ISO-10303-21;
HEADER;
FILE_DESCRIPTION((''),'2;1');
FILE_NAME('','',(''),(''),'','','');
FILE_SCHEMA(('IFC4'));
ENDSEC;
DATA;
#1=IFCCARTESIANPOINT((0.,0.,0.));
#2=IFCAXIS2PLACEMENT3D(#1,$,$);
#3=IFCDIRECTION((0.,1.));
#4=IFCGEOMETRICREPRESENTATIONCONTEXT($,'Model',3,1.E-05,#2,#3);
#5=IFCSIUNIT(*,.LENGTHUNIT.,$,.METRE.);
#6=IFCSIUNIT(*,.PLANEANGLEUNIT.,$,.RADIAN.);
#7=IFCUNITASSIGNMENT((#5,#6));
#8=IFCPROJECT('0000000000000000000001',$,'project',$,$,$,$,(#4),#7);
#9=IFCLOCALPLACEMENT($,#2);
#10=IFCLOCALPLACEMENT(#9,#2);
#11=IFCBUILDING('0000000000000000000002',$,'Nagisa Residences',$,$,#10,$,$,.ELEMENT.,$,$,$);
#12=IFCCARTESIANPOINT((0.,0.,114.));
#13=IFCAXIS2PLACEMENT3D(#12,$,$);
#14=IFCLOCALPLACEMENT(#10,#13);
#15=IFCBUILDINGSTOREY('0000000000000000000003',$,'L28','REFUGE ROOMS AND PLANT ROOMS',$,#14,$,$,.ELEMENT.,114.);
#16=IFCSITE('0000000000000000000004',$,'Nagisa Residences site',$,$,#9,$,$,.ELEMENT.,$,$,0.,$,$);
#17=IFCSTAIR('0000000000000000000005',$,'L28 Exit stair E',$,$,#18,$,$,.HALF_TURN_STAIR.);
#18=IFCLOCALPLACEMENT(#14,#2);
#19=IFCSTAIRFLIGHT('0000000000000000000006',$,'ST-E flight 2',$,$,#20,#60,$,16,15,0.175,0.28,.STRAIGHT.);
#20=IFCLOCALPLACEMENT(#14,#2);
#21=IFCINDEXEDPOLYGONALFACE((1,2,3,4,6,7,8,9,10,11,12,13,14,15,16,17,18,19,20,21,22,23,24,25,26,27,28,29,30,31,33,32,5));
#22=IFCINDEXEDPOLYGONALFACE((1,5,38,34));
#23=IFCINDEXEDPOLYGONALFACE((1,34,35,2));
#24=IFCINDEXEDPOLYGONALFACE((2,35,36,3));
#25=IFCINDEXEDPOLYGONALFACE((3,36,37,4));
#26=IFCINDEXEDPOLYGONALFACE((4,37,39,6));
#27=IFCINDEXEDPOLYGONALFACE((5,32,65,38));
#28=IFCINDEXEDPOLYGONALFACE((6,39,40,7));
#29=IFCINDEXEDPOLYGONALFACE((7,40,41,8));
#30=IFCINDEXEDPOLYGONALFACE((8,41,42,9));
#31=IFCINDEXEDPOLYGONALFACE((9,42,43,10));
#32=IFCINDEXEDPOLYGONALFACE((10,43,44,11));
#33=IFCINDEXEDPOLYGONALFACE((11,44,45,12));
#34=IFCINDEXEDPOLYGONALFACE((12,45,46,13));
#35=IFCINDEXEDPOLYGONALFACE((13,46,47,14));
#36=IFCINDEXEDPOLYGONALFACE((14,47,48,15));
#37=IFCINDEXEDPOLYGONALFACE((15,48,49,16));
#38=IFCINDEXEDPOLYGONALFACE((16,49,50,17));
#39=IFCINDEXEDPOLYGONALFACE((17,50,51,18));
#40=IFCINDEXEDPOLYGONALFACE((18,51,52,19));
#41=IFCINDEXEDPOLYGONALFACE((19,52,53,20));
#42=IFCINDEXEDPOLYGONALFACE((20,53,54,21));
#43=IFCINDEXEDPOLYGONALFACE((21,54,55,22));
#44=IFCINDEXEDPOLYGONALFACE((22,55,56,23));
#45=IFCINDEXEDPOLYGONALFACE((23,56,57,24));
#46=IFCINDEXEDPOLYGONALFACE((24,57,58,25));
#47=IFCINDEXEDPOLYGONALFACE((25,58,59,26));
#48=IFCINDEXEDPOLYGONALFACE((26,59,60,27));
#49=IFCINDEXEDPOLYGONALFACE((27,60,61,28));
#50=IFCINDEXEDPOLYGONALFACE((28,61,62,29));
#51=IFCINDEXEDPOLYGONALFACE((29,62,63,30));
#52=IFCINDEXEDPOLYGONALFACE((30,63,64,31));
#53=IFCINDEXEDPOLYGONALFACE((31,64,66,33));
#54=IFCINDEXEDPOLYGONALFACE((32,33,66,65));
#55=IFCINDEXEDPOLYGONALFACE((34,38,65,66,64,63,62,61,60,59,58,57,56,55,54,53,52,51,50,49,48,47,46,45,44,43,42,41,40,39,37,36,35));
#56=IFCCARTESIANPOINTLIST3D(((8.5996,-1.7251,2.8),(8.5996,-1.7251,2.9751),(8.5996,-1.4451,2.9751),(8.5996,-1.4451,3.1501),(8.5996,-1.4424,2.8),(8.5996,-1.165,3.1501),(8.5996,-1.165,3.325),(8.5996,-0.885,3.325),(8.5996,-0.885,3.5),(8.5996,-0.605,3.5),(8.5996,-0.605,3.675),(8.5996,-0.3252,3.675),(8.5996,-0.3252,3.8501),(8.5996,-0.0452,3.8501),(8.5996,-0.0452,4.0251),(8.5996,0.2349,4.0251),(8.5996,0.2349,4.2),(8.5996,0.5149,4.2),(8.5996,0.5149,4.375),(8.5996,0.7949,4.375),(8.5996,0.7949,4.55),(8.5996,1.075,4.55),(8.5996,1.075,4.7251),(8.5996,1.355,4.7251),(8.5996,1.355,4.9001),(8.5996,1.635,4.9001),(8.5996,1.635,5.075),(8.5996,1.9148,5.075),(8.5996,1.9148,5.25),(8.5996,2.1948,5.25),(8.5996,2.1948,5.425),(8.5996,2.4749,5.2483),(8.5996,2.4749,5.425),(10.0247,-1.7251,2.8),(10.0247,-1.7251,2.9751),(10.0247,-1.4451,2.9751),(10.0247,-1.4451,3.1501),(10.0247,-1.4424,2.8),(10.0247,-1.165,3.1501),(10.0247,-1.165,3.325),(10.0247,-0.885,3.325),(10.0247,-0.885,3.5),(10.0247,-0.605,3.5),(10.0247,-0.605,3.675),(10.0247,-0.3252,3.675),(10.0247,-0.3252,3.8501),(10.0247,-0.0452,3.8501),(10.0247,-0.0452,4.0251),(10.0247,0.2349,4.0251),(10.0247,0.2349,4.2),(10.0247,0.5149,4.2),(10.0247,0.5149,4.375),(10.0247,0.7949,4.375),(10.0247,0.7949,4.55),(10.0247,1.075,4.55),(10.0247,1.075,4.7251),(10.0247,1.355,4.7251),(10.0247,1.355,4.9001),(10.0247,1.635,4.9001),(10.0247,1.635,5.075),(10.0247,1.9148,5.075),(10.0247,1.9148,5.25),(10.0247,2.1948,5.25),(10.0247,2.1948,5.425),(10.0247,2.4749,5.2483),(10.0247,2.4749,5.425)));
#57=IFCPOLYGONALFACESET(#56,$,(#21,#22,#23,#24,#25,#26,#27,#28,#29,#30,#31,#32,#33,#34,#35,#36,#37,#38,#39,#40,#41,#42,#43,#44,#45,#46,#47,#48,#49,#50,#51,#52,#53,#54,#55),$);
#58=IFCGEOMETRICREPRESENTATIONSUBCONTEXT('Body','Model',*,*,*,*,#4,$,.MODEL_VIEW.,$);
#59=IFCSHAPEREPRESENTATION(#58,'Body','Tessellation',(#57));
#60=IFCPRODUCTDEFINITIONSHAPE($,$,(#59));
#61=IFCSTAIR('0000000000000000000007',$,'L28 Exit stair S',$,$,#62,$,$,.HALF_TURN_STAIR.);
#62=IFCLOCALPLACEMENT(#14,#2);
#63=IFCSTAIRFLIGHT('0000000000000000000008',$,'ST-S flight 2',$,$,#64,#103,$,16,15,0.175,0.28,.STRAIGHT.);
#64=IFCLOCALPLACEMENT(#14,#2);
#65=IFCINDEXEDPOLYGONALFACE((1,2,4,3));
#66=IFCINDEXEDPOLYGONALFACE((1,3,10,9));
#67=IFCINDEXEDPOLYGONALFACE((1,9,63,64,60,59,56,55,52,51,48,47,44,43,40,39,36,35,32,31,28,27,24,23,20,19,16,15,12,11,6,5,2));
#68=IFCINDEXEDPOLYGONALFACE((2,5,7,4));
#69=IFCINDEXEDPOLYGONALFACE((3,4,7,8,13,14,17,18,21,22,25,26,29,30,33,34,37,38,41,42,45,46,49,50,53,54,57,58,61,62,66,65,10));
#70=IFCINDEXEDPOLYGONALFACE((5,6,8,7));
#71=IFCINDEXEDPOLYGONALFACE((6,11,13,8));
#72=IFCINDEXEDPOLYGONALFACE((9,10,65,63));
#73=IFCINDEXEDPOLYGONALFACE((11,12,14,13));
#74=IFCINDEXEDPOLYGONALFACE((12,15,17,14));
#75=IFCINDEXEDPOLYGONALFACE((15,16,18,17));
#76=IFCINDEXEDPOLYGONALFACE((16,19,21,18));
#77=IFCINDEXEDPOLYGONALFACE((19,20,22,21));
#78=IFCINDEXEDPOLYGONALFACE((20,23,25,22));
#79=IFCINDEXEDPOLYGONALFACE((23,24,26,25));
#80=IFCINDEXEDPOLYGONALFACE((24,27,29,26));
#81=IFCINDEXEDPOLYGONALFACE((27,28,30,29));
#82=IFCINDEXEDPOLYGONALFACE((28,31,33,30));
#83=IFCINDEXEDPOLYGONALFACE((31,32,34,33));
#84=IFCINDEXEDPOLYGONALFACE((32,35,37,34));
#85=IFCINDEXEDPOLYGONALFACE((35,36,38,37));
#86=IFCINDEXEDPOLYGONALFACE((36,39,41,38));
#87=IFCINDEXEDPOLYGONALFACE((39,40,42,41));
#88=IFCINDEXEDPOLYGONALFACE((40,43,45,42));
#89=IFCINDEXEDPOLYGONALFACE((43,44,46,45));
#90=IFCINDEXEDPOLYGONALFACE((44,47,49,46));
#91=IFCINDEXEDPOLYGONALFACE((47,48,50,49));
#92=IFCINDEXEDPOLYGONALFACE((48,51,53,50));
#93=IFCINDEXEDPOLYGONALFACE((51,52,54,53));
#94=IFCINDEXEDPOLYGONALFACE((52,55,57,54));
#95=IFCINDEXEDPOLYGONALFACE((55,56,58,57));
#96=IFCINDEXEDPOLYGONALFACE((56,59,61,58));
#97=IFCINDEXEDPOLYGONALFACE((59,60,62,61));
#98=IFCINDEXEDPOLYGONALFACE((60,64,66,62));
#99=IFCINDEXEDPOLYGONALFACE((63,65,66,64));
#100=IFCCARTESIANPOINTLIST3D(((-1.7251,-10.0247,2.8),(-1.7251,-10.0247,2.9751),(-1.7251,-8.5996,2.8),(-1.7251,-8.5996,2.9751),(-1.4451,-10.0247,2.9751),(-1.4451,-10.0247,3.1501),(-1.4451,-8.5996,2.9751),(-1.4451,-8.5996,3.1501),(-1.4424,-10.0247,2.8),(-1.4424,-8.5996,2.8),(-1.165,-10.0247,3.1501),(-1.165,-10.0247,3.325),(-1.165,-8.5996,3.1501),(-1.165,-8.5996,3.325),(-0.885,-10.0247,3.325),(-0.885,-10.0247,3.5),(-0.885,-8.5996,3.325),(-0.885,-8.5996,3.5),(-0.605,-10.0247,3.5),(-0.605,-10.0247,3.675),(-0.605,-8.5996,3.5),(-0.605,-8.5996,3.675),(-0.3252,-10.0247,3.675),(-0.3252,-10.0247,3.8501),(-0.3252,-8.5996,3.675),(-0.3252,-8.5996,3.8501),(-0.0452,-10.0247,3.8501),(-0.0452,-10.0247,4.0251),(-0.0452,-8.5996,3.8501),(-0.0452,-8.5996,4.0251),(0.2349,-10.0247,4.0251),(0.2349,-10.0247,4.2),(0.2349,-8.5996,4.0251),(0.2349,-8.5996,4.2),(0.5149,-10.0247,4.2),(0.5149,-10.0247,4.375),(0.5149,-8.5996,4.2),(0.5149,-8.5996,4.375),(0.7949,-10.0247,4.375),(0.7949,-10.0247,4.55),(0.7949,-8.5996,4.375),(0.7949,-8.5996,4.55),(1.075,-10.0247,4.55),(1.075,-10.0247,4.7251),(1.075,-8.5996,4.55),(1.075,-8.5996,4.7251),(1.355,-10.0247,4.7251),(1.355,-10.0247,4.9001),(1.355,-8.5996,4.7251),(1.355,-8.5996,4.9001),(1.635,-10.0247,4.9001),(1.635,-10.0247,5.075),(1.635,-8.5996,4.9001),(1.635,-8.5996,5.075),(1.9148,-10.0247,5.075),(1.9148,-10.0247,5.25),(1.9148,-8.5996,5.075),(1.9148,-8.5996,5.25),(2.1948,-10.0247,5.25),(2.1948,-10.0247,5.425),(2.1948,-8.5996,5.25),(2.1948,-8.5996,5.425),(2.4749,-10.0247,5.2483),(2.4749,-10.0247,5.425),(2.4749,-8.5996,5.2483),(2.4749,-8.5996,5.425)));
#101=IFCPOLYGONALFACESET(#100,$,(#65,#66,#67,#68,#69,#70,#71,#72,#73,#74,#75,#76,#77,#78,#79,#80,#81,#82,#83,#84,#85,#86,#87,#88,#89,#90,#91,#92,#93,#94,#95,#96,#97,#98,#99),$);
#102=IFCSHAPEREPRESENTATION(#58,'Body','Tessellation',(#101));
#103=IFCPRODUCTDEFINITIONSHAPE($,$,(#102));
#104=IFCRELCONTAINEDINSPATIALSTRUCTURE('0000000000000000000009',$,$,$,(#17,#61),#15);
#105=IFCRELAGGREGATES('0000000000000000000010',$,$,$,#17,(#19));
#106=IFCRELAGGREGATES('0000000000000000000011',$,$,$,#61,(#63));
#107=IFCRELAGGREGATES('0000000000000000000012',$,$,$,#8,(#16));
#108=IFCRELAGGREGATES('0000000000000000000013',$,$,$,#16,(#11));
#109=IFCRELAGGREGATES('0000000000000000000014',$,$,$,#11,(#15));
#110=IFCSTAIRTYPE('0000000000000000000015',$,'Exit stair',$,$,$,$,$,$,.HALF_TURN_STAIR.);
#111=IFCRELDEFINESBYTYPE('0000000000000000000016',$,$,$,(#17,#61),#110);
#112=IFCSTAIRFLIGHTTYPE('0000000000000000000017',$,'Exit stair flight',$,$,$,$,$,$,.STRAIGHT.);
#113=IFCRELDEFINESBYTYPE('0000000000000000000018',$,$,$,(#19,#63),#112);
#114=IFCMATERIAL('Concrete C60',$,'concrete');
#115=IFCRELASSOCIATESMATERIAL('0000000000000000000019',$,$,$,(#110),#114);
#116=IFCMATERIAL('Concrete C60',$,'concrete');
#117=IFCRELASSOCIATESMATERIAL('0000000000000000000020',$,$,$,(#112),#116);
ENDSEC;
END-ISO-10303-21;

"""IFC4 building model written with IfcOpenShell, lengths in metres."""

from ifc_helpers import new_model, si_unit, direction, frame, origin, place, context, subcontext, project, spatial, polyline, outline, extrude, material, type_object, element, aggregate, save


model = new_model("IFC4")

# Units and contexts
model_context = context("Model", 3, precision=1e-05, world=origin(), true_north=direction((0.0, 1.0)))
body_context = subcontext(model_context, "Body", "Model", "MODEL_VIEW")
ifc_project = project(units=[si_unit("LENGTHUNIT", "METRE"), si_unit("PLANEANGLEUNIT", "RADIAN")], contexts=[model_context])

# Site, building, storey
site_placement = place(None, origin())
site = spatial("IfcSite", under=ifc_project, at=site_placement, Name="Nagisa Residences site", CompositionType="ELEMENT", RefElevation=0.0)
building_placement = place(site_placement, origin())
building = spatial("IfcBuilding", under=site, at=building_placement, Name="Nagisa Residences", CompositionType="ELEMENT")
storey_placement = place(building_placement, frame((0.0, 0.0, 114.0)))
storey = spatial("IfcBuildingStorey", under=building, at=storey_placement, Name="L28", Description="REFUGE ROOMS AND PLANT ROOMS", CompositionType="ELEMENT", Elevation=114.0)

# Stair, stair flight
ifc_material_1 = material(Name="Concrete C60", Category="concrete")
stair_type = type_object("IfcStairType", Name="Exit stair", PredefinedType="HALF_TURN_STAIR", material=ifc_material_1)
stair_1_placement = place(storey_placement, origin())
stair_1 = element("IfcStair", 1, at=stair_1_placement, inside=storey, type_object=stair_type, Name="L28 Exit stair E", PredefinedType="HALF_TURN_STAIR")
ifc_material_2 = material(Name="Concrete C60", Category="concrete")
stair_flight_type = type_object("IfcStairFlightType", Name="Exit stair flight", PredefinedType="STRAIGHT", material=ifc_material_2)
stair_flight_1_placement = place(storey_placement, frame((9.312, -1.7251, 2.8), z_axis=(0.0, 0.0, 1.0), x_axis=(0.0, 1.0, 0.0)))
stair_flight_1 = element("IfcStairFlight", 2, at=stair_flight_1_placement, type_object=stair_flight_type, Name="ST-E flight 2", NumberOfRisers=16, NumberOfTreads=15, PredefinedType="STRAIGHT", RiserHeight=0.175, TreadLength=0.28, context=body_context, shape_type="SweptSolid", body=[
    extrude(outline(polyline([(0.0, 0.0), (0.0, 0.175), (0.28, 0.175), (0.28, 0.3501), (0.5601, 0.3501), (0.5601, 0.5249), (0.8401, 0.5249), (0.8401, 0.7), (1.1201, 0.7), (1.1201, 0.875), (1.3999, 0.875), (1.3999, 1.05), (1.6799, 1.05), (1.6799, 1.2251), (1.96, 1.2251), (1.96, 1.3999), (2.24, 1.3999), (2.24, 1.575), (2.52, 1.575), (2.52, 1.75), (2.8, 1.75), (2.8, 1.925), (3.0801, 1.925), (3.0801, 2.1001), (3.3601, 2.1001), (3.3601, 2.2749), (3.6399, 2.2749), (3.6399, 2.45), (3.9199, 2.45), (3.9199, 2.625), (4.2, 2.625), (4.2, 2.8), (4.2, 2.4482), (0.2827, 0.0), (0.0, 0.0)])), frame((0.0, 0.7124, 0.0), z_axis=(0.0, -1.0, 0.0), x_axis=(1.0, 0.0, 0.0)), (0.0, 0.0, 1.0), 1.425),
])
aggregate(stair_1, [stair_flight_1])

# Stair, stair flight
stair_2_placement = place(storey_placement, origin())
stair_2 = element("IfcStair", 3, at=stair_2_placement, inside=storey, type_object=stair_type, Name="L28 Exit stair S", PredefinedType="HALF_TURN_STAIR")
stair_flight_2_placement = place(storey_placement, frame((-1.7251, -9.312, 2.8), z_axis=(0.0, 0.0, 1.0), x_axis=(1.0, 0.0, 0.0)))
stair_flight_2 = element("IfcStairFlight", 4, at=stair_flight_2_placement, type_object=stair_flight_type, Name="ST-S flight 2", NumberOfRisers=16, NumberOfTreads=15, PredefinedType="STRAIGHT", RiserHeight=0.175, TreadLength=0.28, context=body_context, shape_type="SweptSolid", body=[
    extrude(outline(polyline([(0.0, 0.0), (0.0, 0.175), (0.28, 0.175), (0.28, 0.3501), (0.5601, 0.3501), (0.5601, 0.5249), (0.8401, 0.5249), (0.8401, 0.7), (1.1201, 0.7), (1.1201, 0.875), (1.3999, 0.875), (1.3999, 1.05), (1.6799, 1.05), (1.6799, 1.2251), (1.96, 1.2251), (1.96, 1.3999), (2.24, 1.3999), (2.24, 1.575), (2.52, 1.575), (2.52, 1.75), (2.8, 1.75), (2.8, 1.925), (3.0801, 1.925), (3.0801, 2.1001), (3.3601, 2.1001), (3.3601, 2.2749), (3.6399, 2.2749), (3.6399, 2.45), (3.9199, 2.45), (3.9199, 2.625), (4.2, 2.625), (4.2, 2.8), (4.2, 2.4482), (0.2827, 0.0), (0.0, 0.0)])), frame((0.0, 0.7124, 0.0), z_axis=(0.0, -1.0, 0.0), x_axis=(1.0, 0.0, 0.0)), (0.0, 0.0, 1.0), 1.425),
])
aggregate(stair_2, [stair_flight_2])

save(model, "model.ifc")
